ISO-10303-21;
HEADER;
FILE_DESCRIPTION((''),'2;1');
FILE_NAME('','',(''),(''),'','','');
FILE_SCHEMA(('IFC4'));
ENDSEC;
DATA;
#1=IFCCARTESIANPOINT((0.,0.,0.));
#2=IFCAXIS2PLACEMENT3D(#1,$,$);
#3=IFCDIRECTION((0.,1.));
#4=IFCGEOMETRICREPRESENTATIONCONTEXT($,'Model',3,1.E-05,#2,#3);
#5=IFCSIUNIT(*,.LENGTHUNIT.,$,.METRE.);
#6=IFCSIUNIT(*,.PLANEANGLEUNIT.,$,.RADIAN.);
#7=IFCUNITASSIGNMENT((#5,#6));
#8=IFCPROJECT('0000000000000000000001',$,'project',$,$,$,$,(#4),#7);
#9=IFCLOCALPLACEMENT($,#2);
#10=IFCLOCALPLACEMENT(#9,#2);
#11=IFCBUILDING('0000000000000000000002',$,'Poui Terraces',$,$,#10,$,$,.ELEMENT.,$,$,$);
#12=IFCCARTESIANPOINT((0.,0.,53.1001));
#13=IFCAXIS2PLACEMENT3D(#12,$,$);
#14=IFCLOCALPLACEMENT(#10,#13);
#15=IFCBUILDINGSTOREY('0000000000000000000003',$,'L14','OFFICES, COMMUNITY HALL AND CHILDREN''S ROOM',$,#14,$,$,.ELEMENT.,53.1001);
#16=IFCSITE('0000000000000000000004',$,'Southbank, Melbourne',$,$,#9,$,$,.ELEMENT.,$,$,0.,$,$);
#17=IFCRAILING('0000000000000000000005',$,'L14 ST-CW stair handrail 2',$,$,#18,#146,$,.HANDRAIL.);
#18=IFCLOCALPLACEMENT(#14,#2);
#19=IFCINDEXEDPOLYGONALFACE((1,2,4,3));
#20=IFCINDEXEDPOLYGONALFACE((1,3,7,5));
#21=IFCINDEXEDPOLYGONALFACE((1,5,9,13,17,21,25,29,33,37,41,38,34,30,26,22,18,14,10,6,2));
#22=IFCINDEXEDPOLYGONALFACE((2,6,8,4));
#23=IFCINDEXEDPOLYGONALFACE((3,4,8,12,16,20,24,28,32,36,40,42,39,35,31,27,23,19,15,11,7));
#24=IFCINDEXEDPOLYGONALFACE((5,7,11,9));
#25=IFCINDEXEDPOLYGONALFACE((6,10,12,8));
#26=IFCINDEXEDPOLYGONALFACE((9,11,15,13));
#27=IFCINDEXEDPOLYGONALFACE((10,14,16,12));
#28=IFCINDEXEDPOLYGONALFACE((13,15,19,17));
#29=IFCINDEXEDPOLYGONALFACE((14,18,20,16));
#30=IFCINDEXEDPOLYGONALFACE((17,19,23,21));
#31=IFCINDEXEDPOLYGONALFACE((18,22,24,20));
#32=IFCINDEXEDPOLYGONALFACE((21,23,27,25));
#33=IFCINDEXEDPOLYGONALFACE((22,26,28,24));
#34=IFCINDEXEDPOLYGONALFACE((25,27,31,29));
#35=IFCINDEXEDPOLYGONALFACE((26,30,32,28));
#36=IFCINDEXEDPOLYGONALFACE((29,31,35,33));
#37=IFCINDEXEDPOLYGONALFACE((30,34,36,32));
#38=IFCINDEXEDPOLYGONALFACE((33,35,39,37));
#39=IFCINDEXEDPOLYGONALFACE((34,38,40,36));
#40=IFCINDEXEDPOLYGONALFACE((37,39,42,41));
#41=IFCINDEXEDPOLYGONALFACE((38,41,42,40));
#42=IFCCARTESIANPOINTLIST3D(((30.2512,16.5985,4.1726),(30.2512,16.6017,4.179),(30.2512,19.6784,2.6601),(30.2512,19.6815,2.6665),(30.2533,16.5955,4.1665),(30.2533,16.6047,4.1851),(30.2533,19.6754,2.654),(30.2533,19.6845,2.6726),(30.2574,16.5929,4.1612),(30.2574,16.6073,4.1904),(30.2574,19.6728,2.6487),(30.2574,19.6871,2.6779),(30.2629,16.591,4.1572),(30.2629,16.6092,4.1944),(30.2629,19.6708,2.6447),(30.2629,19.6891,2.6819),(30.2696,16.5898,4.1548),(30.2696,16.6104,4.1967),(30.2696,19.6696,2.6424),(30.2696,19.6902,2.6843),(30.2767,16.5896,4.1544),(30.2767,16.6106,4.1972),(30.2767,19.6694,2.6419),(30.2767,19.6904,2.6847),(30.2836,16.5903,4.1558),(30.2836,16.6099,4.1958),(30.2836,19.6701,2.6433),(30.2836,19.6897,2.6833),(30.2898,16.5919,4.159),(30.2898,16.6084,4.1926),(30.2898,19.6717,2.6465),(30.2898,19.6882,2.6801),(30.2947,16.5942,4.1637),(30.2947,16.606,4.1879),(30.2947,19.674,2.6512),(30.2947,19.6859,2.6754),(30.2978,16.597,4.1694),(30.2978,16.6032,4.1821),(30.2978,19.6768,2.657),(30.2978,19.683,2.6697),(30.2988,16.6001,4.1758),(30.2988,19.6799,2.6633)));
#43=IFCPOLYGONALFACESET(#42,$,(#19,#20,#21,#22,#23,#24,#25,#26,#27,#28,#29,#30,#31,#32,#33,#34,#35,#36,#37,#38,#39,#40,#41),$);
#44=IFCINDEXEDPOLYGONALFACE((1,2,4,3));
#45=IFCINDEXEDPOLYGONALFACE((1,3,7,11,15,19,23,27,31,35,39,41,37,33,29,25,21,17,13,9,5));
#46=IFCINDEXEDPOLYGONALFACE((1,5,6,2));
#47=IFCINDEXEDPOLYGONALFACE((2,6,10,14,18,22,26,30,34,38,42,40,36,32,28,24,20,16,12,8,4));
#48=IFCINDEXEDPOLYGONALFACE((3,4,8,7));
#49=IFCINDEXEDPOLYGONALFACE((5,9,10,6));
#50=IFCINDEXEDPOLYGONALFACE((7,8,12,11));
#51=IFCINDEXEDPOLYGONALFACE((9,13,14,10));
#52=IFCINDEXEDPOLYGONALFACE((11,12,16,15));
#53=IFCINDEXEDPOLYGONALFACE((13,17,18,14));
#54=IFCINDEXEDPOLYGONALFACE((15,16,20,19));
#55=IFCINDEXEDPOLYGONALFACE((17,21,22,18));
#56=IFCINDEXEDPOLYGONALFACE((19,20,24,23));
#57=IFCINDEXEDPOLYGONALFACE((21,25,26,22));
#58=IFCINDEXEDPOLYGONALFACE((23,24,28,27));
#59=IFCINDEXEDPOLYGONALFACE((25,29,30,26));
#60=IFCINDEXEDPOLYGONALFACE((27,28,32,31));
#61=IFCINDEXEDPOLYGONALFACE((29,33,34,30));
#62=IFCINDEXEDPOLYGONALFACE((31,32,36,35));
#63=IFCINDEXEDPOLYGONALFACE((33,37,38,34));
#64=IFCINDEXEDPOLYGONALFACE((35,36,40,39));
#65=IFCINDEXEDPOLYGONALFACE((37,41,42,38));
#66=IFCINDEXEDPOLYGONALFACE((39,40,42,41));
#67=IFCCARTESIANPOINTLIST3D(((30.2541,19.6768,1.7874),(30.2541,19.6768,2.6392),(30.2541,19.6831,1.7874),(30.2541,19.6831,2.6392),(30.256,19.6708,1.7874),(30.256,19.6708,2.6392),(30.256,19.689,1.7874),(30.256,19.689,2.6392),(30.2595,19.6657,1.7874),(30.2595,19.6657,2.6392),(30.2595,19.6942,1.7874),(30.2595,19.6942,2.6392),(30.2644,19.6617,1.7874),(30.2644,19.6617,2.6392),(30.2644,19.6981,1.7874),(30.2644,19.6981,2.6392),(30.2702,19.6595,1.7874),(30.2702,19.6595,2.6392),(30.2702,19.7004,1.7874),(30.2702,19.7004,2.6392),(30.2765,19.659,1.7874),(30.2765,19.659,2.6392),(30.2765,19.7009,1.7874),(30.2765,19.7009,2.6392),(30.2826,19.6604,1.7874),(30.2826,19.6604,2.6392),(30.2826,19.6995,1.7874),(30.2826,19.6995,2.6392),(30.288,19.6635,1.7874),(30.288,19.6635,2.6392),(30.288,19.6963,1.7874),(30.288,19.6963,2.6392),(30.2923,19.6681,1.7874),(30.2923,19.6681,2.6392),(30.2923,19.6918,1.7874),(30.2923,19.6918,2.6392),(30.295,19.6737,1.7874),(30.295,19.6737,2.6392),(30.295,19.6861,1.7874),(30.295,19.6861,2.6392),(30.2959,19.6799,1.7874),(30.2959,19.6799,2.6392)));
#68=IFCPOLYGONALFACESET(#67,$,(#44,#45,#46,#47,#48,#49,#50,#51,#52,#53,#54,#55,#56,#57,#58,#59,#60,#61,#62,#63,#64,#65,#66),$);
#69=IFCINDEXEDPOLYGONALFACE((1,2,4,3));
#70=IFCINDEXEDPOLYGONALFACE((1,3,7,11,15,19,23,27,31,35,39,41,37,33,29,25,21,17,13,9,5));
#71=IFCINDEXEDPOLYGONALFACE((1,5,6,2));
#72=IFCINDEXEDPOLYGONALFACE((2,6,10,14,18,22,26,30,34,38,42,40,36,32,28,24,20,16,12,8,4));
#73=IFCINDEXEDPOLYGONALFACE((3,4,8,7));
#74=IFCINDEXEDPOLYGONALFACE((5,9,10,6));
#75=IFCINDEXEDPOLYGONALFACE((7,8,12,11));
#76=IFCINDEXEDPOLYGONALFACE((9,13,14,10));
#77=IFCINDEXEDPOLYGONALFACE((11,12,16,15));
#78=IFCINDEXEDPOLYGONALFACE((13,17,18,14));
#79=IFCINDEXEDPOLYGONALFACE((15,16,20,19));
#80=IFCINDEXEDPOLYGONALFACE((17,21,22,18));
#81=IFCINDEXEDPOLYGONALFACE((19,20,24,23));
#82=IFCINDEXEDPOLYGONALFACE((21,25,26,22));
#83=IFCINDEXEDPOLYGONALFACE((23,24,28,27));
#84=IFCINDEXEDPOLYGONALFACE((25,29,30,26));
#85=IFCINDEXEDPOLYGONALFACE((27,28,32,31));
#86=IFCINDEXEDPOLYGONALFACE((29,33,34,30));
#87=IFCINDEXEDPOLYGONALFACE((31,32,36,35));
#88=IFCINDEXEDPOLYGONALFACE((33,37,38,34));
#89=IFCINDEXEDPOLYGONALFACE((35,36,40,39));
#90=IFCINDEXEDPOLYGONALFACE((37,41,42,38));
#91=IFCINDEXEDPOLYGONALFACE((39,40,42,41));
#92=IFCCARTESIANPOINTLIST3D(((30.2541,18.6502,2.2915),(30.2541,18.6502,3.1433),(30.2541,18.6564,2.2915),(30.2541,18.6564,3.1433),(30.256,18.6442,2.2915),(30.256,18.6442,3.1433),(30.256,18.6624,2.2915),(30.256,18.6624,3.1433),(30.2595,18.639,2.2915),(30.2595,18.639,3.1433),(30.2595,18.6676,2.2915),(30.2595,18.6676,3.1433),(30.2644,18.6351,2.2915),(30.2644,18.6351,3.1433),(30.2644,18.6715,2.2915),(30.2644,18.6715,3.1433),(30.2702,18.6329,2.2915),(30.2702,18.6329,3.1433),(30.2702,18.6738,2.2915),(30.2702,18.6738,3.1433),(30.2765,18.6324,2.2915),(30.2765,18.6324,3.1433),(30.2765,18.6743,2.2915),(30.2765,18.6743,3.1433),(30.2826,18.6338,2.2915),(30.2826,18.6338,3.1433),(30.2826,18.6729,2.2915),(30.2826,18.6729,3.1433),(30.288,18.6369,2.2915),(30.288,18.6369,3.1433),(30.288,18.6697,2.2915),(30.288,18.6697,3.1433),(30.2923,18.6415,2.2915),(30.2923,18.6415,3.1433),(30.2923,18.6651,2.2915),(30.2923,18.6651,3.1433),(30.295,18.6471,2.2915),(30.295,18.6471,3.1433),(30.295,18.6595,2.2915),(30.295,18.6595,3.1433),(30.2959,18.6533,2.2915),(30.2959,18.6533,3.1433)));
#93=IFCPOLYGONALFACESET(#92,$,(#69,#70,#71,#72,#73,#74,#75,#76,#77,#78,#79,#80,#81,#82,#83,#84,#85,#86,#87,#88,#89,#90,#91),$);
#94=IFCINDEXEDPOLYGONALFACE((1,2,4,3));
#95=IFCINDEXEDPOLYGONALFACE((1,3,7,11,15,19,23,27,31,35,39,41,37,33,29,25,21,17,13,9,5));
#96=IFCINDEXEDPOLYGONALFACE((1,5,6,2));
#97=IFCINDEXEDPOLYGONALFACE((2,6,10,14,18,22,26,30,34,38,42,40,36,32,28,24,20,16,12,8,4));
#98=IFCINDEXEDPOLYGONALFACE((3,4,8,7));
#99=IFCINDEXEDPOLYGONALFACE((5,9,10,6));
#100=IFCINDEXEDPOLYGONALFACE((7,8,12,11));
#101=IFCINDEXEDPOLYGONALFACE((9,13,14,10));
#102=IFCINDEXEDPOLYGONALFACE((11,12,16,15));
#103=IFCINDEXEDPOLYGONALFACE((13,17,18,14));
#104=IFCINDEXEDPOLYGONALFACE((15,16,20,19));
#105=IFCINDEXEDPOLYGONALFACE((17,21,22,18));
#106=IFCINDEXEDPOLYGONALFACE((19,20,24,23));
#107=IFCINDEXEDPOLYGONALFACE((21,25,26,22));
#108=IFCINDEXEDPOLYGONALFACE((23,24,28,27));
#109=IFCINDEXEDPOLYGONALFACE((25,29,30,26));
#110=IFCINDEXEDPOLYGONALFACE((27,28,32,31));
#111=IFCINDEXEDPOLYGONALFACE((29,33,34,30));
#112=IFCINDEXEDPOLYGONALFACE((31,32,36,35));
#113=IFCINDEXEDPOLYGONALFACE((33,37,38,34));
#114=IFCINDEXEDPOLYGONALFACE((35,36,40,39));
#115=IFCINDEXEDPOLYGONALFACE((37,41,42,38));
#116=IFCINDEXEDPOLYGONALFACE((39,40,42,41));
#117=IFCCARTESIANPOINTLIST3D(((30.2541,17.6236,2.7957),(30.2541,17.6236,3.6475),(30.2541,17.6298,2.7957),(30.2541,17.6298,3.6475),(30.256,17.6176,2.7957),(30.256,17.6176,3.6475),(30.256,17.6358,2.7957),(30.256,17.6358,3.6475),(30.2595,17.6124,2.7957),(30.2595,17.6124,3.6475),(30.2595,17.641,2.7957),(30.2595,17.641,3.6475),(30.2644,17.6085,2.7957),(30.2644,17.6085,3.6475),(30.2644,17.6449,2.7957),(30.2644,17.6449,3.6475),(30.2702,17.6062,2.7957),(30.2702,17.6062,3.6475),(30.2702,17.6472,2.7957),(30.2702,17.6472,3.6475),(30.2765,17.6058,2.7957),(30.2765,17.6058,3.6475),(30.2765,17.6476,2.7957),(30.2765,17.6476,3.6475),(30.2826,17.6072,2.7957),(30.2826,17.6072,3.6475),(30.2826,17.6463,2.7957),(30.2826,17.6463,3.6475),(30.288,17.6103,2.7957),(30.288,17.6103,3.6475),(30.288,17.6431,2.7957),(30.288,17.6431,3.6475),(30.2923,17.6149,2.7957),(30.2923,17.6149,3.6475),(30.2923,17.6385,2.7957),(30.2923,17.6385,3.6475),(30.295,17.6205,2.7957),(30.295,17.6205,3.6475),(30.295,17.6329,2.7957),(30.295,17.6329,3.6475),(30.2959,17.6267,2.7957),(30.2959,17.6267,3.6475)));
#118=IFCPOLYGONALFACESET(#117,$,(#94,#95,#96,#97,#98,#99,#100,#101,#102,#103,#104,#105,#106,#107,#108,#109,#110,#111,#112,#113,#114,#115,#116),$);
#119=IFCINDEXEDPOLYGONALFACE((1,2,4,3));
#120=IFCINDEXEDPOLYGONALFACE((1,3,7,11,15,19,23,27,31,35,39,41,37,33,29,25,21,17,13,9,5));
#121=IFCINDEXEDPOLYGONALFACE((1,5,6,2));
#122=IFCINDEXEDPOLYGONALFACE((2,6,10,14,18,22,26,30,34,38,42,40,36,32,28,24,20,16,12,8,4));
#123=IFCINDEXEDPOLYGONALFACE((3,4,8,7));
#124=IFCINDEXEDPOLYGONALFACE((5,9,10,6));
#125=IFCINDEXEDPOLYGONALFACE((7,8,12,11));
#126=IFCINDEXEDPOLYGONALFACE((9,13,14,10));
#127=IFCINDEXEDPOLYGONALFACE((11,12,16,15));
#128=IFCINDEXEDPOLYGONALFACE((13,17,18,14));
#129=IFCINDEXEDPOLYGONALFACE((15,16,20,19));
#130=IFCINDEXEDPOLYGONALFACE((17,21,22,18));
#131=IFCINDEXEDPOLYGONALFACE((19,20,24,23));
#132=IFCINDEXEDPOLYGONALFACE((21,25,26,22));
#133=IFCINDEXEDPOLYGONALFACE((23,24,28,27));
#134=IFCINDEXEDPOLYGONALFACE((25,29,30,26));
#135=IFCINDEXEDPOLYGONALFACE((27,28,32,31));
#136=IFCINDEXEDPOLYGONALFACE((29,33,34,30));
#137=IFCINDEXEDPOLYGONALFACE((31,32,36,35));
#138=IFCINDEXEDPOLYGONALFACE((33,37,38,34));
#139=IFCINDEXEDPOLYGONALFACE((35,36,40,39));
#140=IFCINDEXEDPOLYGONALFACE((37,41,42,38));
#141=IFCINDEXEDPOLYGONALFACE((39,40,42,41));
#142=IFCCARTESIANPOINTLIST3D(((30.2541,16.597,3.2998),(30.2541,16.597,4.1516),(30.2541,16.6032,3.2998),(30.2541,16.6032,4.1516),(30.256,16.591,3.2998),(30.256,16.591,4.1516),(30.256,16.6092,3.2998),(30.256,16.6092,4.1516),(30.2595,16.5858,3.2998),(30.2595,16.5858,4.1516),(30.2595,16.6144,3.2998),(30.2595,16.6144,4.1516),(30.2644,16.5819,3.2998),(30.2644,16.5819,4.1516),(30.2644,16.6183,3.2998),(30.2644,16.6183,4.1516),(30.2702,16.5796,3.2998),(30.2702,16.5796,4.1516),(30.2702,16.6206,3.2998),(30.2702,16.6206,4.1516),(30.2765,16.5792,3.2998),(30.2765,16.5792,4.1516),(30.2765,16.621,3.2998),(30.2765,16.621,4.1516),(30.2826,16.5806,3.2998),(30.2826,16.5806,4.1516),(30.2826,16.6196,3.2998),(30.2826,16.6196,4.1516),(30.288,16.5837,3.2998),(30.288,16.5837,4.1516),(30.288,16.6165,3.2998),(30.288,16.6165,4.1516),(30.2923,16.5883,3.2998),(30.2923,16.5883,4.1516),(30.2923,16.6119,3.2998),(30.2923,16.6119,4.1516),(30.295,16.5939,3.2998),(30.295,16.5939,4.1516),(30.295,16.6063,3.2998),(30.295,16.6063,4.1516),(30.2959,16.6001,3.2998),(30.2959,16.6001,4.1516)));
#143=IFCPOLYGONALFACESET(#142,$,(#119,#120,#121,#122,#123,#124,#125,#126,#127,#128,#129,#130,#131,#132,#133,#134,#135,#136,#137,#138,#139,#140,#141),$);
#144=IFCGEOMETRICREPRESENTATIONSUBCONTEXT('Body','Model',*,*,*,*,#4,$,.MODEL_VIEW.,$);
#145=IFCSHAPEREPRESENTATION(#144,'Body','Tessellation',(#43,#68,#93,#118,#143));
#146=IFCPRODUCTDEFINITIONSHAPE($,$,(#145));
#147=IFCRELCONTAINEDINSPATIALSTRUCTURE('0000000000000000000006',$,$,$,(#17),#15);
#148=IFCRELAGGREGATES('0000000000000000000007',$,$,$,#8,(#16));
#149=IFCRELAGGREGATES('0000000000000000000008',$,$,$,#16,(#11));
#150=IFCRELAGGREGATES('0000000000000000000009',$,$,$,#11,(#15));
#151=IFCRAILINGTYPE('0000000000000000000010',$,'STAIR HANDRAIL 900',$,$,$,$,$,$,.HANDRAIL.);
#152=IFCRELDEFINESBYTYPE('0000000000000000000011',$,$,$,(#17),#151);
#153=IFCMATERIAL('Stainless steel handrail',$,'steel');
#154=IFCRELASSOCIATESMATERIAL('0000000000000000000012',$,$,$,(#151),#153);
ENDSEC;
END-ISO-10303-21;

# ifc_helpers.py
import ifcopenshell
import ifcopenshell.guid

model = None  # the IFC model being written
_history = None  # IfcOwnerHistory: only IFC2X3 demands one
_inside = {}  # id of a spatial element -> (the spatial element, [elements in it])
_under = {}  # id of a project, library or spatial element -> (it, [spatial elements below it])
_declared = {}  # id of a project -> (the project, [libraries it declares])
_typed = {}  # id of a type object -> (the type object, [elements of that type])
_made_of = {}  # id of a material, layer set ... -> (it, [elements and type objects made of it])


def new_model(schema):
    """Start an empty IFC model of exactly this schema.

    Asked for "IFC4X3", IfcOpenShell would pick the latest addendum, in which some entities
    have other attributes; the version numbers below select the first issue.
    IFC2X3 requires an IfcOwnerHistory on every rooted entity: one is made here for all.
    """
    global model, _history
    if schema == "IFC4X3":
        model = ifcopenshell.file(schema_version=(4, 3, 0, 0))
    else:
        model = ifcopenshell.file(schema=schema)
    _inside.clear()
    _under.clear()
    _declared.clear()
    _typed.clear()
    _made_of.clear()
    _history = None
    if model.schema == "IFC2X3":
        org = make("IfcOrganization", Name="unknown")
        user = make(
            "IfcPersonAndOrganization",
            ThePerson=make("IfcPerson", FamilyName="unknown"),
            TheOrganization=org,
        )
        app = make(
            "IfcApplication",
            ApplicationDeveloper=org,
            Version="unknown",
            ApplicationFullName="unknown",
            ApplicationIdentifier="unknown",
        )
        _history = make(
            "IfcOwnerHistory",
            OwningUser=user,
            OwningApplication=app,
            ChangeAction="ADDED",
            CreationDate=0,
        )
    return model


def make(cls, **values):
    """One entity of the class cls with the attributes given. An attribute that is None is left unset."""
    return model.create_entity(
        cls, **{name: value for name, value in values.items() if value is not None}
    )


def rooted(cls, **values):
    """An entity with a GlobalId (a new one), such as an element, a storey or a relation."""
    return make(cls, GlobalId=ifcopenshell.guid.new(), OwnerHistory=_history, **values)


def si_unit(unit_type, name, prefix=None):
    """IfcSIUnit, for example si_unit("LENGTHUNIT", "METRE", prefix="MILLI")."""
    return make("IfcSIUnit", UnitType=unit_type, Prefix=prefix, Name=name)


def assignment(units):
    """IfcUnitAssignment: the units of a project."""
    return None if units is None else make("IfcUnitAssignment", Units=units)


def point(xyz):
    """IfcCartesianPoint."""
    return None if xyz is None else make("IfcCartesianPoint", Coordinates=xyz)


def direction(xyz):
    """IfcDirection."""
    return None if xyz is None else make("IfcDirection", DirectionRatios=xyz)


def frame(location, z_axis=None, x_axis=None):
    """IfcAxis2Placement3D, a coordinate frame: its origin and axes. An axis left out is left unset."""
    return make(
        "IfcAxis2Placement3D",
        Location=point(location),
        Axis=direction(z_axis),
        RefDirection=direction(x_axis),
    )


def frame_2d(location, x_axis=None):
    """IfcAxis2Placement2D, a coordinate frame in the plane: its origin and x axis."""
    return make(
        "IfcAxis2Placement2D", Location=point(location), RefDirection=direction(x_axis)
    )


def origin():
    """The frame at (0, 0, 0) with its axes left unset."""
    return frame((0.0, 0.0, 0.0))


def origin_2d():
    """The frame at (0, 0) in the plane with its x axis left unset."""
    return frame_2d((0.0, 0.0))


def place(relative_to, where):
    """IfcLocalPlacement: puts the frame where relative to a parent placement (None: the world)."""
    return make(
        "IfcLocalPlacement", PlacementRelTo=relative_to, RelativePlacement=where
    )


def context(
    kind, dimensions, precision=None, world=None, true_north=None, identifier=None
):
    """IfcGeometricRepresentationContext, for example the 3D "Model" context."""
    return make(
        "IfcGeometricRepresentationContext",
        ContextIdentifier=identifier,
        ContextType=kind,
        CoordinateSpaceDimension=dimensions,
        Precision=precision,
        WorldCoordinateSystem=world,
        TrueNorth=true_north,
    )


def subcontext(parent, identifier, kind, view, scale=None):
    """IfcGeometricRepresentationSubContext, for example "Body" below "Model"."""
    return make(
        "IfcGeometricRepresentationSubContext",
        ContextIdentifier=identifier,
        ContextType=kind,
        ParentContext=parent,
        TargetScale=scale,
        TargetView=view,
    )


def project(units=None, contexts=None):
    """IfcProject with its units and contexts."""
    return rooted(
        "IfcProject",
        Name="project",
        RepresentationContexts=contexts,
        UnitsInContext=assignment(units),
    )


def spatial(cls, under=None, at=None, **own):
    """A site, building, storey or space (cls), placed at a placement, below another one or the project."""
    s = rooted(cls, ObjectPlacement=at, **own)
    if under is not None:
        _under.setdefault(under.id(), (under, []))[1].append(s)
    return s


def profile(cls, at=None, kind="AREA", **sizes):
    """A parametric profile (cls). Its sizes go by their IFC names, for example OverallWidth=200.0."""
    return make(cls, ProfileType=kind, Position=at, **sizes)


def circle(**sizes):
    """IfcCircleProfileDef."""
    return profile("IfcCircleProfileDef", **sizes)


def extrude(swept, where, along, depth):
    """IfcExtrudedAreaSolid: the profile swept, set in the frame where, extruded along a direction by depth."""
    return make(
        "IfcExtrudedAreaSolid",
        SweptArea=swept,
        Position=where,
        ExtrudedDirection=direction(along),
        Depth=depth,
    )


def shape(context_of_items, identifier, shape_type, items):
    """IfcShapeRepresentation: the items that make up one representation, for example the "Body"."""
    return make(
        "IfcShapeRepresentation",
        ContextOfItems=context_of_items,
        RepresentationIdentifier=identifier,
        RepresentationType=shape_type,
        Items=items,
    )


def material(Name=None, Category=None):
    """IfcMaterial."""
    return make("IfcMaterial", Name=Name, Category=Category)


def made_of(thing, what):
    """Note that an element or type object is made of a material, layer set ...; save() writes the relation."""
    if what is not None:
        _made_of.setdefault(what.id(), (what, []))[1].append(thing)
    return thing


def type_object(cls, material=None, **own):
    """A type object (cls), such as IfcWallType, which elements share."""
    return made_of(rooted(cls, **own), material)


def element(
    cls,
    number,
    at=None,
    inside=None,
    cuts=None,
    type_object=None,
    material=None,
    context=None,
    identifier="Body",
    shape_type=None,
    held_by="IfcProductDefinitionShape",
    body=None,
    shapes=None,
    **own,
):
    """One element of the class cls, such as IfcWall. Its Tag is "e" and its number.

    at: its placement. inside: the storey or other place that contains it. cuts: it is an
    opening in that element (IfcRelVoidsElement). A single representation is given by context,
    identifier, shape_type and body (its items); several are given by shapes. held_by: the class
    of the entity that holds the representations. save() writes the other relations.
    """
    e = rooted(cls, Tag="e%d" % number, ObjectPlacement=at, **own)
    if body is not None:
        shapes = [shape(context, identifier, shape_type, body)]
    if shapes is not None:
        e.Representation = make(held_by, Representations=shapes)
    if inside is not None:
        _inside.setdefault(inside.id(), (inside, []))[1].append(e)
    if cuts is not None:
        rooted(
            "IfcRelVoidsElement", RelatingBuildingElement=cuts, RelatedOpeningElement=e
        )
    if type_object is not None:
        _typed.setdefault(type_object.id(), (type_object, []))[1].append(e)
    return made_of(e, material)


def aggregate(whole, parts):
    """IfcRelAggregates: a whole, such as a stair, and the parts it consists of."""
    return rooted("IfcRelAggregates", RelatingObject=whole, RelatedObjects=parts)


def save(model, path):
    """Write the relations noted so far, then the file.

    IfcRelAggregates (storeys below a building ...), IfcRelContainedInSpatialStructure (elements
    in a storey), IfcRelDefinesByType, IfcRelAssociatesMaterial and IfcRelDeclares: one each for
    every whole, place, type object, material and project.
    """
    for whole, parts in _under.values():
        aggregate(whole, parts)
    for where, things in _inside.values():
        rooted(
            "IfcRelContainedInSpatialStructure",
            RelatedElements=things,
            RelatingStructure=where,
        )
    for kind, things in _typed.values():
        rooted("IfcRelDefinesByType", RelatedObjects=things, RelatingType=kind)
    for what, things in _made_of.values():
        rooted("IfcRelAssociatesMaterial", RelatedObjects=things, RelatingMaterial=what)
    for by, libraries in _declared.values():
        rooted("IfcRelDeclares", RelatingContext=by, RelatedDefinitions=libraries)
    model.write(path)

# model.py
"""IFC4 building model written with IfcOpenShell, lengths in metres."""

from ifc_helpers import new_model, si_unit, direction, frame, origin, origin_2d, place, context, subcontext, project, spatial, circle, extrude, material, type_object, element, save


model = new_model("IFC4")

# Units and contexts
model_context = context("Model", 3, precision=1e-05, world=origin(), true_north=direction((0.0, 1.0)))
body_context = subcontext(model_context, "Body", "Model", "MODEL_VIEW")
ifc_project = project(units=[si_unit("LENGTHUNIT", "METRE"), si_unit("PLANEANGLEUNIT", "RADIAN")], contexts=[model_context])

# Site, building, storey
site_placement = place(None, origin())
site = spatial("IfcSite", under=ifc_project, at=site_placement, Name="Southbank, Melbourne", CompositionType="ELEMENT", RefElevation=0.0)
building_placement = place(site_placement, origin())
building = spatial("IfcBuilding", under=site, at=building_placement, Name="Poui Terraces", CompositionType="ELEMENT")
storey_placement = place(building_placement, frame((0.0, 0.0, 53.1001)))
storey = spatial("IfcBuildingStorey", under=building, at=storey_placement, Name="L14", Description="OFFICES, COMMUNITY HALL AND CHILDREN'S ROOM", CompositionType="ELEMENT", Elevation=53.1001)

# Railing
ifc_material_1 = material(Name="Stainless steel handrail", Category="steel")
railing_type_1 = type_object("IfcRailingType", Name="STAIR HANDRAIL 900", PredefinedType="HANDRAIL", material=ifc_material_1)
railing_1_placement = place(storey_placement, frame((30.2749, 19.6799, 1.7874)))
element("IfcRailing", 1, at=railing_1_placement, inside=storey, type_object=railing_type_1, Name="L14 ST-CW stair handrail 2", PredefinedType="HANDRAIL", context=body_context, shape_type="SweptSolid", body=[
    extrude(circle(Radius=0.0239, at=origin_2d()), frame((0.0, 0.0, 0.876), z_axis=(0.0, -0.897606, 0.440798), x_axis=(1.0, 0.0, 0.0)), (0.0, 0.0, 1.0), 3.4312),
    extrude(circle(Radius=0.021, at=origin_2d()), origin(), (0.0, 0.0, 1.0), 0.8518),
    extrude(circle(Radius=0.021, at=origin_2d()), frame((0.0, -1.0266, 0.5042)), (0.0, 0.0, 1.0), 0.8518),
    extrude(circle(Radius=0.021, at=origin_2d()), frame((0.0, -2.0532, 1.0083)), (0.0, 0.0, 1.0), 0.8518),
    extrude(circle(Radius=0.021, at=origin_2d()), frame((0.0, -3.0798, 1.5125)), (0.0, 0.0, 1.0), 0.8518),
])

save(model, "model.ifc")
